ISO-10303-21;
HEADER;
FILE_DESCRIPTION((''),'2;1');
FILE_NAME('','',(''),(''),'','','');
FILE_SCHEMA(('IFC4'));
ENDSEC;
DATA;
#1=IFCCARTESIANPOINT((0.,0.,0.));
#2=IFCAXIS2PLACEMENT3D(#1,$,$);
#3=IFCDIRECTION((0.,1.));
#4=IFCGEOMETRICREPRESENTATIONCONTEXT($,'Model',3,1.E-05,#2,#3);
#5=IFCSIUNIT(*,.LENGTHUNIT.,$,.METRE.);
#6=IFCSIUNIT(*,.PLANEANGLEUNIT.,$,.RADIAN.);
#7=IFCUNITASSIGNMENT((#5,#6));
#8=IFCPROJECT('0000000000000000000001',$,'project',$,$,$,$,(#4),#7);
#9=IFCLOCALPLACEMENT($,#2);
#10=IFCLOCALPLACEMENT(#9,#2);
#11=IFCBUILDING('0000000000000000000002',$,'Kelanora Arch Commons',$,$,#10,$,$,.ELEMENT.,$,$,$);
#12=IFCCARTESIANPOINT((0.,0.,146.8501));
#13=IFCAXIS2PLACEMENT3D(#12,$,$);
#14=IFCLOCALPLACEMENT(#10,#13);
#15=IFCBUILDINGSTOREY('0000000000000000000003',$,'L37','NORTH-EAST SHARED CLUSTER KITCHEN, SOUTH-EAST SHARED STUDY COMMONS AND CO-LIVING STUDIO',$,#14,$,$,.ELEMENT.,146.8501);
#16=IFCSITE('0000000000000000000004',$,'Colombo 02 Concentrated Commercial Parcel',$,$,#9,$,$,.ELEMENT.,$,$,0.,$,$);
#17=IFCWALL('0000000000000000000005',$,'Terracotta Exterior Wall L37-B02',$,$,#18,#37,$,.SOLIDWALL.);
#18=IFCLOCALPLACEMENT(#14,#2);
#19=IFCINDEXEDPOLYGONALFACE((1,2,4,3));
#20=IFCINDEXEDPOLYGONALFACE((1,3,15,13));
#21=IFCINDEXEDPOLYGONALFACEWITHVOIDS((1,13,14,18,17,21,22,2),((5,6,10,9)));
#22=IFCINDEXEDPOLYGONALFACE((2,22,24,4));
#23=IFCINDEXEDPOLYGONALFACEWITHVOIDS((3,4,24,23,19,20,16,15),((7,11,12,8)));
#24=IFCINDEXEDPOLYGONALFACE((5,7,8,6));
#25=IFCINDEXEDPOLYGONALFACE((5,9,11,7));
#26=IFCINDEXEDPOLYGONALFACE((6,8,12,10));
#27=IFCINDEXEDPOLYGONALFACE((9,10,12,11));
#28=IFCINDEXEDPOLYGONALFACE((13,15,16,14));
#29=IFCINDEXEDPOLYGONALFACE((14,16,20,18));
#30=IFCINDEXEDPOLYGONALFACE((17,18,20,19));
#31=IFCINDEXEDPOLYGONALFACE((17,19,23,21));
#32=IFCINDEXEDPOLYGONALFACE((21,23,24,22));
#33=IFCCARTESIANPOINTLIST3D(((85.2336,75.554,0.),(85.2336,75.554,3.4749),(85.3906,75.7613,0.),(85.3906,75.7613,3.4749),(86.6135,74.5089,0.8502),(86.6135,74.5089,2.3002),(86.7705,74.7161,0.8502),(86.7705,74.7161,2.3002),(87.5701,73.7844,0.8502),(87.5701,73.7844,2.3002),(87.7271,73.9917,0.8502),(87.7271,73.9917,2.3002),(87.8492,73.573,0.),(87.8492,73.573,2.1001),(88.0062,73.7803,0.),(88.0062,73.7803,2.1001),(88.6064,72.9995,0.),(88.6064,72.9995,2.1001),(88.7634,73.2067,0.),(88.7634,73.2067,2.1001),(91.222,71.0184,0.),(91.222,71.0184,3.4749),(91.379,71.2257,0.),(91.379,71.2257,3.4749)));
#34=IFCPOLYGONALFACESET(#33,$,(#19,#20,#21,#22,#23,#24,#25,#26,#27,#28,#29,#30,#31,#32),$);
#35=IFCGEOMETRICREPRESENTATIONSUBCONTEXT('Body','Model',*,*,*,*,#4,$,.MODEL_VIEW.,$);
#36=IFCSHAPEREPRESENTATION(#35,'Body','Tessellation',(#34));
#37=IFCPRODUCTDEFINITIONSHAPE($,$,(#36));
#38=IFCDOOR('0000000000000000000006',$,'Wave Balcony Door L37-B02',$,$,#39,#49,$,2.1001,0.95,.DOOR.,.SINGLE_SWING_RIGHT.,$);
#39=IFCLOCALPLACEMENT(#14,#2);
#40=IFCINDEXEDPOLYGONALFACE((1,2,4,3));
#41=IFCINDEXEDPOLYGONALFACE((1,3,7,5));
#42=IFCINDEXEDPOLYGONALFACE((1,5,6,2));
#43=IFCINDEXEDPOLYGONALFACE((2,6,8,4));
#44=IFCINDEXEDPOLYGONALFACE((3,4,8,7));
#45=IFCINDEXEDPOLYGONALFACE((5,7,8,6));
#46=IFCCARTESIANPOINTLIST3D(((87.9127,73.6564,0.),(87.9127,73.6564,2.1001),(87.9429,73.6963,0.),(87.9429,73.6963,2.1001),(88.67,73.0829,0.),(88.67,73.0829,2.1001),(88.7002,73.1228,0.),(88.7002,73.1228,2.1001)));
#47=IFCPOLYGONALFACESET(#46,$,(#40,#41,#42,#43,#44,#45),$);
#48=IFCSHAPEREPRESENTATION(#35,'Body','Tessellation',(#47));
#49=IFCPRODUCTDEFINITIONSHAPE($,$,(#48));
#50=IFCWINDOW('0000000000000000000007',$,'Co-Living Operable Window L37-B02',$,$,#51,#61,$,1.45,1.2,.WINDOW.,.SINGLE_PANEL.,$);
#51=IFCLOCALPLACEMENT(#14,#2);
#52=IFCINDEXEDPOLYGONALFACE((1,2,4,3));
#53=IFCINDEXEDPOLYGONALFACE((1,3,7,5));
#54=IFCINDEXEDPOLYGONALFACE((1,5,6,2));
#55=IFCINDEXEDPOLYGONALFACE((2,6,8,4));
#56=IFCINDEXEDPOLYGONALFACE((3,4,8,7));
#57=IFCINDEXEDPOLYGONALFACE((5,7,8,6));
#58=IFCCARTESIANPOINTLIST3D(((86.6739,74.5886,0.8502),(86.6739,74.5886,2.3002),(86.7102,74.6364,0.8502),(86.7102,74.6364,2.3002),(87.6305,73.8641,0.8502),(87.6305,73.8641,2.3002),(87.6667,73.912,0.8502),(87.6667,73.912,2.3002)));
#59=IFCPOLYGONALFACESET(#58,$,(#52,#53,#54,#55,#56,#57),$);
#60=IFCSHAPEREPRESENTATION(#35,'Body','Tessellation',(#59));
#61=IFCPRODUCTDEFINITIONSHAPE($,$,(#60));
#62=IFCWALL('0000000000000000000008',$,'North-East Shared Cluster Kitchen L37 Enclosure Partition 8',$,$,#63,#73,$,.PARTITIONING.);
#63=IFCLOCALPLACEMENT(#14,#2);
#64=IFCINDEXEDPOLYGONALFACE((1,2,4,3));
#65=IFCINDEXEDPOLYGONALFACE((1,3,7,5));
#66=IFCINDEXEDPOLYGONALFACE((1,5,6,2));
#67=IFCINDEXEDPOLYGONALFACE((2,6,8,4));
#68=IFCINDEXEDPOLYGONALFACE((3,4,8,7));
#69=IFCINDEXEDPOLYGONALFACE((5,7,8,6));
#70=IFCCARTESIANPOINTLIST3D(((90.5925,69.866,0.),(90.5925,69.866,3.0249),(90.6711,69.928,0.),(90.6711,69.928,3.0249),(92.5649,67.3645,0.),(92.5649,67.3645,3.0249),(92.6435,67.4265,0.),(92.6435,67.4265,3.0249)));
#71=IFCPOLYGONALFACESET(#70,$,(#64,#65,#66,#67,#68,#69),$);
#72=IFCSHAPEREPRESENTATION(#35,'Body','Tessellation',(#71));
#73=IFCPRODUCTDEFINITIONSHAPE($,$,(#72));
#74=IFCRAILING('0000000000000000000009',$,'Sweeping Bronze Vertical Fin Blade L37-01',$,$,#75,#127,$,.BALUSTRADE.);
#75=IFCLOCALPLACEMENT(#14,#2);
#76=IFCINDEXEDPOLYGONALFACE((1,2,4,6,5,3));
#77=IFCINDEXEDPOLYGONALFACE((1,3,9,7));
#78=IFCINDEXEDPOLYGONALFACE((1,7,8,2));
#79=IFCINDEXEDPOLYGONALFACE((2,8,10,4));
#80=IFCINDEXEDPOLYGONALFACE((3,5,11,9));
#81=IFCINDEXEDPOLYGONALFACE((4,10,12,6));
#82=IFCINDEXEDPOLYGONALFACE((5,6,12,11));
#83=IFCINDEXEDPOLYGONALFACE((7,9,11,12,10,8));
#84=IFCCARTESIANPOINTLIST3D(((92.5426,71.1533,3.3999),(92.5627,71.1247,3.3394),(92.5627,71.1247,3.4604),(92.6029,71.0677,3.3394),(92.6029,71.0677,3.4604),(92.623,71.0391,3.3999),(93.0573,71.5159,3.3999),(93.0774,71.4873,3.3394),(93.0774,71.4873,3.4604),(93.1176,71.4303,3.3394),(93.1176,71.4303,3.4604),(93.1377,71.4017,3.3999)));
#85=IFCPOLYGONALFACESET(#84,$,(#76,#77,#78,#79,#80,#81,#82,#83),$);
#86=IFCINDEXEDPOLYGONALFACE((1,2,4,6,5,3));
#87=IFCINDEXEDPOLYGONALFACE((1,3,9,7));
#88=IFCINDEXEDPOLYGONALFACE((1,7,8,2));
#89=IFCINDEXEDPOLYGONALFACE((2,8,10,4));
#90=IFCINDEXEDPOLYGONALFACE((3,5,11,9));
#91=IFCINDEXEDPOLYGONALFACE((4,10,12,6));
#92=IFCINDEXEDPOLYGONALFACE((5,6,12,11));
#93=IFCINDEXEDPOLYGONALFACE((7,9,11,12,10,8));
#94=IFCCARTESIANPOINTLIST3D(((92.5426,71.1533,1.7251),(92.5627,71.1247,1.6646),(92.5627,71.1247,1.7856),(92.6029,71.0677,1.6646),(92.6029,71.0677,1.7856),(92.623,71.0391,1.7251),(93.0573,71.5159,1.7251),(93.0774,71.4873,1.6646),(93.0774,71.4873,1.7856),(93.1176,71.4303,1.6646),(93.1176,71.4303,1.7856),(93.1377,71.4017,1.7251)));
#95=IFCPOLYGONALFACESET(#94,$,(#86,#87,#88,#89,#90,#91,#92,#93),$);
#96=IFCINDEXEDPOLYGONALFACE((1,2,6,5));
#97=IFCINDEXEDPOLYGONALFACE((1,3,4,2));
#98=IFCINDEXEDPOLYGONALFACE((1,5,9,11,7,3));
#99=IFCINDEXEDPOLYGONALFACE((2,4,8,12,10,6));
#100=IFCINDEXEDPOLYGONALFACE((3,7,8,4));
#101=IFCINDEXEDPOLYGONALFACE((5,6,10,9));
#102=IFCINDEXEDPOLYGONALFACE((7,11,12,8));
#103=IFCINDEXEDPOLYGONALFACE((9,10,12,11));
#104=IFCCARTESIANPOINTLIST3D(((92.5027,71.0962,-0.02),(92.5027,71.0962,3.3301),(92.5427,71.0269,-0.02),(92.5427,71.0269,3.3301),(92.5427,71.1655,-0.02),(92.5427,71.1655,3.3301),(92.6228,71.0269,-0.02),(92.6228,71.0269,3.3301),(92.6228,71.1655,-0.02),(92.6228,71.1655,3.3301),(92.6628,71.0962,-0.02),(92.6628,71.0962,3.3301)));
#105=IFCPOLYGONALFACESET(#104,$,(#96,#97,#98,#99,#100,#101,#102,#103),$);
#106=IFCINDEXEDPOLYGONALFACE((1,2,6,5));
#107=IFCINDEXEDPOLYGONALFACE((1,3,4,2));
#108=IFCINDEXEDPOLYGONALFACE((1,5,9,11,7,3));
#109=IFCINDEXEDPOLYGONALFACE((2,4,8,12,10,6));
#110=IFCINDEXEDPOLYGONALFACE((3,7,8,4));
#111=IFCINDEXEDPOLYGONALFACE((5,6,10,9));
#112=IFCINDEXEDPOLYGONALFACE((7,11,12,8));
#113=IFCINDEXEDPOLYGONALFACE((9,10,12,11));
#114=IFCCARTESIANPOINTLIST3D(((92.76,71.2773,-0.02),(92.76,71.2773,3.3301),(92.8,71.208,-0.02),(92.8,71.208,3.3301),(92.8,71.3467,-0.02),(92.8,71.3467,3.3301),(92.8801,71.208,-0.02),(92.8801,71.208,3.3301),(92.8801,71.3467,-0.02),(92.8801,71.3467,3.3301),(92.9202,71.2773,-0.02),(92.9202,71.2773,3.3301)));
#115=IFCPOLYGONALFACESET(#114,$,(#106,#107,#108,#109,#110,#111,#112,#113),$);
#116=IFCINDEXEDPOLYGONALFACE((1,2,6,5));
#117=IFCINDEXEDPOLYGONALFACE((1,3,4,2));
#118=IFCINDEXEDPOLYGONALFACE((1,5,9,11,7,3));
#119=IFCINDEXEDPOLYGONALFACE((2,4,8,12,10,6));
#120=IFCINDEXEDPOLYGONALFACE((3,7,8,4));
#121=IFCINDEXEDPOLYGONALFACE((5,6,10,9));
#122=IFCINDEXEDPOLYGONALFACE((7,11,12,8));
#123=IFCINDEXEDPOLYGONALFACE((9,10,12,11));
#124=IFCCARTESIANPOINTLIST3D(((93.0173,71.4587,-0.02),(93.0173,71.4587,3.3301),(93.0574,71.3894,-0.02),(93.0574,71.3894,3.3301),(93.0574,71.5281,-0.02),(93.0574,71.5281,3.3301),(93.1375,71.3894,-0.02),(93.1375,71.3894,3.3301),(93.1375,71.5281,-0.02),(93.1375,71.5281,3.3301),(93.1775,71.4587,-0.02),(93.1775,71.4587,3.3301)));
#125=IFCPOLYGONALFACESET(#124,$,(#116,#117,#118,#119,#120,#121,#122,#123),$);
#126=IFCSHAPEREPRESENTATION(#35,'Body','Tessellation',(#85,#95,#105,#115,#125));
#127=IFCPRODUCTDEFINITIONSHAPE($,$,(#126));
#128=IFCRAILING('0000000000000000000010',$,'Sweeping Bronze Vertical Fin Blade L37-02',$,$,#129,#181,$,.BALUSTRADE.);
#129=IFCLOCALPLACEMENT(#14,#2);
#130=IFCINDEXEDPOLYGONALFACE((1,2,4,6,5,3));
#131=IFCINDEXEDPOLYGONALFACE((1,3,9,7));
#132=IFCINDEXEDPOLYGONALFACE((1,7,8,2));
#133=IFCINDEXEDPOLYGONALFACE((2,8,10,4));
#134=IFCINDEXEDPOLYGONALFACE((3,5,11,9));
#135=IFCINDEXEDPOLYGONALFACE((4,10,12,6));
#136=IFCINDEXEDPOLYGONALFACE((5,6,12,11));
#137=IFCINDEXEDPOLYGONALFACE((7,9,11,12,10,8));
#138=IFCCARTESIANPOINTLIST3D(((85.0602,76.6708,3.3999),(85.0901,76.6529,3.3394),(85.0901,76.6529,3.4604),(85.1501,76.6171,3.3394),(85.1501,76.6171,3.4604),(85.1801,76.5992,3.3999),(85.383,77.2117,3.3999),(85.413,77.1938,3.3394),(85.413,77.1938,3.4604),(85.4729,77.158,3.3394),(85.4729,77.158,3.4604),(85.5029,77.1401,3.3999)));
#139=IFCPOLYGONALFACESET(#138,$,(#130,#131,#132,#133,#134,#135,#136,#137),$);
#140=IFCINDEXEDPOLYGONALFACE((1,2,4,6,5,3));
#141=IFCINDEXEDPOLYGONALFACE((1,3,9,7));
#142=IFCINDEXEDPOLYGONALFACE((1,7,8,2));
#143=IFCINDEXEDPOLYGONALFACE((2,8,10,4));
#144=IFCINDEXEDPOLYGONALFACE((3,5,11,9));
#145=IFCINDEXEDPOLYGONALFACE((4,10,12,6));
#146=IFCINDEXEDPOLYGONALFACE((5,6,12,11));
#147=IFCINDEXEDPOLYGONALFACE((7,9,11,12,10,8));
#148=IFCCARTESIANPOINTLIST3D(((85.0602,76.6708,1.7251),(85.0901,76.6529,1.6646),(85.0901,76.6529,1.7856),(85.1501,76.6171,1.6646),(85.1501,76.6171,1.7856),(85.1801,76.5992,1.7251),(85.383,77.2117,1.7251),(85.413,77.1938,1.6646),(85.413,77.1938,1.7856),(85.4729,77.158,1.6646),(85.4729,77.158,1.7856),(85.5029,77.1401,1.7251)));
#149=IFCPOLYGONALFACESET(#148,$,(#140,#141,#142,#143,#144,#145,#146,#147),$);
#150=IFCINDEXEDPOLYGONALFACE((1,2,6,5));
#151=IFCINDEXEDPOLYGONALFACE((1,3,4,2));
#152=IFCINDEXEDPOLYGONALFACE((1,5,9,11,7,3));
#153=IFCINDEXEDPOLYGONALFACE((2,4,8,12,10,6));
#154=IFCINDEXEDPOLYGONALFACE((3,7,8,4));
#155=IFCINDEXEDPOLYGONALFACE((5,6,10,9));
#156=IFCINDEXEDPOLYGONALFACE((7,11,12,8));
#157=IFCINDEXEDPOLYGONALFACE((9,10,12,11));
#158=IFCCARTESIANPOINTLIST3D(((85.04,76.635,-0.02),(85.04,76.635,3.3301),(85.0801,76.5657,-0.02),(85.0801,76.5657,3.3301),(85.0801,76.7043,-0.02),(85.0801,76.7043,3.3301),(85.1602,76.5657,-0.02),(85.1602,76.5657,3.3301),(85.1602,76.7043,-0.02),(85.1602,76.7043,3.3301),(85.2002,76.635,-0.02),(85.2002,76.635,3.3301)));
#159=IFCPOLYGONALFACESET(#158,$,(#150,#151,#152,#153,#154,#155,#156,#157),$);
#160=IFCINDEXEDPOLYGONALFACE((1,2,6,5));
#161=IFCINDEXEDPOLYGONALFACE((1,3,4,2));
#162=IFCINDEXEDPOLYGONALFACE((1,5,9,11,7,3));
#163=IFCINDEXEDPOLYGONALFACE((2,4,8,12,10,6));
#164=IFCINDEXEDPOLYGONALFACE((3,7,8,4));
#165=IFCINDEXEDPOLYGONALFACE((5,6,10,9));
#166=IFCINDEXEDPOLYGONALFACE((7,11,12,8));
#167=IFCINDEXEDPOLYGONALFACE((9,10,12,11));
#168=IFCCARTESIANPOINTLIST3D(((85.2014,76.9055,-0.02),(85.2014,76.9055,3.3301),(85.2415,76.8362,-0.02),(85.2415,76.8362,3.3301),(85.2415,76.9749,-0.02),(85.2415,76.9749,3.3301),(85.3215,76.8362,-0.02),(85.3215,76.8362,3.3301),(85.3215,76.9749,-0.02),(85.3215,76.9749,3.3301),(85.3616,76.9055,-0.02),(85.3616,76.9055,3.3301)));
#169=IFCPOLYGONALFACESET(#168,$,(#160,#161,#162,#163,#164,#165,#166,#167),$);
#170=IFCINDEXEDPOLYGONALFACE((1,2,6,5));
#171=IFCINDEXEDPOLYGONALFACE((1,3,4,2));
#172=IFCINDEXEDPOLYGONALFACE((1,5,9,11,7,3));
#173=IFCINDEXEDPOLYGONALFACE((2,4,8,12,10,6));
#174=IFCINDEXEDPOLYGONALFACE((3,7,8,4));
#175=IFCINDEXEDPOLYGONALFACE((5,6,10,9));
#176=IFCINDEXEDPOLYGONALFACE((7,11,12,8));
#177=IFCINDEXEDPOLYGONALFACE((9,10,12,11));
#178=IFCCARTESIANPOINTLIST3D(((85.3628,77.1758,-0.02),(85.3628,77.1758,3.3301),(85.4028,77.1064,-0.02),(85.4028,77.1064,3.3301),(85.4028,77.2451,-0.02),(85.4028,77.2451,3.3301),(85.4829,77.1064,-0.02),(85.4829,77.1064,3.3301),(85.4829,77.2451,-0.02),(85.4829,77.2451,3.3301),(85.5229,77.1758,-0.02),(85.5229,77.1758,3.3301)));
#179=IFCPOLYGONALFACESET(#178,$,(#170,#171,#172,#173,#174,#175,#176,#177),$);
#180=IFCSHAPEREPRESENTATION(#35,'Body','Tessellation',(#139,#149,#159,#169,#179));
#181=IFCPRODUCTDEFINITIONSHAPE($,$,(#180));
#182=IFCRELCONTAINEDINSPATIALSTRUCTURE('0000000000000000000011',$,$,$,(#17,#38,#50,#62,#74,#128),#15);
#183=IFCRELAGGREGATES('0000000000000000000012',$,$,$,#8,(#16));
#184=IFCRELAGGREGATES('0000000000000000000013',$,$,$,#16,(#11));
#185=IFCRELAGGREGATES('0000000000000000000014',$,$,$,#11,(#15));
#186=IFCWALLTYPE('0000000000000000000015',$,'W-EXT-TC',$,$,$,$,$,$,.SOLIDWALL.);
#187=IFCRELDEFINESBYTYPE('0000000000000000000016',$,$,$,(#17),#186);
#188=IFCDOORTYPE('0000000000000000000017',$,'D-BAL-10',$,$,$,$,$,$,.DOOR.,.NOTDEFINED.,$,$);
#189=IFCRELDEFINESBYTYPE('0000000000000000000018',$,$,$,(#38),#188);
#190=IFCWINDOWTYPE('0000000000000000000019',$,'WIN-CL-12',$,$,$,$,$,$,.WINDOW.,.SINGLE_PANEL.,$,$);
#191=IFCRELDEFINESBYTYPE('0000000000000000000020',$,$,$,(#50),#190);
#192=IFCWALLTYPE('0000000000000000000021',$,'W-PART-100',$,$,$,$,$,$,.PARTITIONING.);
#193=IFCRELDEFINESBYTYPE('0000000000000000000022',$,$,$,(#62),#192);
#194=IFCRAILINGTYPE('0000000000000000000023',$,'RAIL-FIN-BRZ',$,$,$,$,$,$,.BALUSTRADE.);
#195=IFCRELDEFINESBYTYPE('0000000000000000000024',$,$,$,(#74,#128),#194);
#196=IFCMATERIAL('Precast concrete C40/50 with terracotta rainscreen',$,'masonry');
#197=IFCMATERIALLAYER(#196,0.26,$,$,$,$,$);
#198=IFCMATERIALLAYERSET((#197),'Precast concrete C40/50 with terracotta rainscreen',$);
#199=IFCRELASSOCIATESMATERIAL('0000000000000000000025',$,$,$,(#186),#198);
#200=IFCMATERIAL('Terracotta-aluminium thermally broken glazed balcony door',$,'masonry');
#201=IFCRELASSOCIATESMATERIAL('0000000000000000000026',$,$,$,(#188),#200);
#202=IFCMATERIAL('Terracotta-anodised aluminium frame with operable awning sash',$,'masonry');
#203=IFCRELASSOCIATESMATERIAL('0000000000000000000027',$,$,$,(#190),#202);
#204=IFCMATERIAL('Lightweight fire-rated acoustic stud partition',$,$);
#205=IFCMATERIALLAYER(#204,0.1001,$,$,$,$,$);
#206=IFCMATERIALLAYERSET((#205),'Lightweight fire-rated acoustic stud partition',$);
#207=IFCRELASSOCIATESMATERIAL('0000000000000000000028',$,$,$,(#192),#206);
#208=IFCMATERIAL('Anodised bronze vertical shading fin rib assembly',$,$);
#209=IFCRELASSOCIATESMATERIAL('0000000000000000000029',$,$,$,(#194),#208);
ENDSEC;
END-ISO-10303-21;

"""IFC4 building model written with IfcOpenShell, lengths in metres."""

from ifc_helpers import new_model, si_unit, direction, frame, frame_2d, origin, place, context, subcontext, project, spatial, polyline, rectangle, outline, extrude, material, layer, layer_set, type_object, element, fill, save


model = new_model("IFC4")

# Units and contexts
model_context = context("Model", 3, precision=1e-05, world=origin(), true_north=direction((0.0, 1.0)))
body_context = subcontext(model_context, "Body", "Model", "MODEL_VIEW")
ifc_project = project(units=[si_unit("LENGTHUNIT", "METRE"), si_unit("PLANEANGLEUNIT", "RADIAN")], contexts=[model_context])

# Site, building, storey
site_placement = place(None, origin())
site = spatial("IfcSite", under=ifc_project, at=site_placement, Name="Colombo 02 Concentrated Commercial Parcel", CompositionType="ELEMENT", RefElevation=0.0)
building_placement = place(site_placement, origin())
building = spatial("IfcBuilding", under=site, at=building_placement, Name="Kelanora Arch Commons", CompositionType="ELEMENT")
storey_placement = place(building_placement, frame((0.0, 0.0, 146.8501)))
storey = spatial("IfcBuildingStorey", under=building, at=storey_placement, Name="L37", Description="NORTH-EAST SHARED CLUSTER KITCHEN, SOUTH-EAST SHARED STUDY COMMONS AND CO-LIVING STUDIO", CompositionType="ELEMENT", Elevation=146.8501)

# Wall, openings, door, window
ifc_material_1 = material(Name="Precast concrete C40/50 with terracotta rainscreen", Category="masonry")
ifc_layer_1 = layer(ifc_material_1, 0.26)
ifc_layer_set_1 = layer_set([ifc_layer_1], Name="Precast concrete C40/50 with terracotta rainscreen")
wall_type_1 = type_object("IfcWallType", Name="W-EXT-TC", PredefinedType="SOLIDWALL", material=ifc_layer_set_1)
ifc_material_2 = material(Name="Terracotta-aluminium thermally broken glazed balcony door", Category="masonry")
door_type = type_object("IfcDoorType", Name="D-BAL-10", OperationType="NOTDEFINED", PredefinedType="DOOR", material=ifc_material_2)
ifc_material_3 = material(Name="Terracotta-anodised aluminium frame with operable awning sash", Category="masonry")
window_type = type_object("IfcWindowType", Name="WIN-CL-12", PartitioningType="SINGLE_PANEL", PredefinedType="WINDOW", material=ifc_material_3)
wall_1_placement = place(storey_placement, frame((91.3005, 71.1221, 0.0), z_axis=(0.0, 0.0, 1.0), x_axis=(-0.797164, 0.603763, 0.0)))
wall_1 = element("IfcWall", 1, at=wall_1_placement, inside=storey, type_object=wall_type_1, Name="Terracotta Exterior Wall L37-B02", PredefinedType="SOLIDWALL", context=body_context, shape_type="SweptSolid", body=[
    extrude(rectangle(XDim=7.5122, YDim=0.26, at=frame_2d((3.7561, 0.0))), origin(), (0.0, 0.0, 1.0), 3.4749),
])
opening_1_placement = place(wall_1_placement, frame((3.281, 0.0, 0.0)))
opening_1 = element("IfcOpeningElement", 2, at=opening_1_placement, cuts=wall_1, PredefinedType="OPENING", context=body_context, shape_type="SweptSolid", body=[
    extrude(rectangle(XDim=0.95, YDim=2.1001, at=frame_2d((0.4751, 1.05))), frame((0.0, 0.1401, 0.0), z_axis=(0.0, -1.0, 0.0), x_axis=(1.0, 0.0, 0.0)), (0.0, 0.0, 1.0), 0.28),
])
opening_2_placement = place(wall_1_placement, frame((4.5811, 0.0, 0.8501)))
opening_2 = element("IfcOpeningElement", 3, at=opening_2_placement, cuts=wall_1, PredefinedType="OPENING", context=body_context, shape_type="SweptSolid", body=[
    extrude(rectangle(XDim=1.2, YDim=1.45, at=frame_2d((0.6001, 0.7251))), frame((0.0, 0.1401, 0.0), z_axis=(0.0, -1.0, 0.0), x_axis=(1.0, 0.0, 0.0)), (0.0, 0.0, 1.0), 0.28),
])
door_1_placement = place(opening_1_placement, frame((0.95, 0.0, 0.0), z_axis=(0.0, 0.0, 1.0), x_axis=(-1.0, 0.0, 0.0)))
door_1 = element("IfcDoor", 4, at=door_1_placement, inside=storey, type_object=door_type, Name="Wave Balcony Door L37-B02", OperationType="SINGLE_SWING_RIGHT", OverallHeight=2.1001, OverallWidth=0.95, PredefinedType="DOOR", context=body_context, shape_type="SweptSolid", body=[
    extrude(rectangle(XDim=0.95, YDim=2.1001, at=frame_2d((0.4751, 1.05))), frame((0.0, 0.0249, 0.0), z_axis=(0.0, -1.0, 0.0), x_axis=(1.0, 0.0, 0.0)), (0.0, 0.0, 1.0), 0.05),
])
fill(opening_1, door_1)
window_1_placement = place(opening_2_placement, origin())
window_1 = element("IfcWindow", 5, at=window_1_placement, inside=storey, type_object=window_type, Name="Co-Living Operable Window L37-B02", OverallHeight=1.45, OverallWidth=1.2, PartitioningType="SINGLE_PANEL", PredefinedType="WINDOW", context=body_context, shape_type="SweptSolid", body=[
    extrude(rectangle(XDim=1.2, YDim=1.45, at=frame_2d((0.6001, 0.7251))), frame((0.0, 0.03, 0.0), z_axis=(0.0, -1.0, 0.0), x_axis=(1.0, 0.0, 0.0)), (0.0, 0.0, 1.0), 0.0601),
])
fill(opening_2, window_1)

# Wall
ifc_material_4 = material(Name="Lightweight fire-rated acoustic stud partition")
ifc_layer_2 = layer(ifc_material_4, 0.1001)
ifc_layer_set_2 = layer_set([ifc_layer_2], Name="Lightweight fire-rated acoustic stud partition")
wall_type_2 = type_object("IfcWallType", Name="W-PART-100", PredefinedType="PARTITIONING", material=ifc_layer_set_2)
wall_2_placement = place(storey_placement, frame((90.6318, 69.897, 0.0), z_axis=(0.0, 0.0, 1.0), x_axis=(0.619175, -0.785253, 0.0)))
element("IfcWall", 6, at=wall_2_placement, inside=storey, type_object=wall_type_2, Name="North-East Shared Cluster Kitchen L37 Enclosure Partition 8", PredefinedType="PARTITIONING", context=body_context, shape_type="SweptSolid", body=[
    extrude(rectangle(XDim=3.1855, YDim=0.1001, at=frame_2d((1.5928, 0.0))), origin(), (0.0, 0.0, 1.0), 3.0249),
])

# Railings
ifc_material_5 = material(Name="Anodised bronze vertical shading fin rib assembly")
railing_type = type_object("IfcRailingType", Name="RAIL-FIN-BRZ", PredefinedType="BALUSTRADE", material=ifc_material_5)
railing_1_placement = place(storey_placement, frame((92.5828, 71.0962, -0.02)))
element("IfcRailing", 7, at=railing_1_placement, inside=storey, type_object=railing_type, Name="Sweeping Bronze Vertical Fin Blade L37-01", PredefinedType="BALUSTRADE", context=body_context, shape_type="SweptSolid", body=[
    extrude(outline(polyline([(0.0698, 0.0), (0.0349, 0.0605), (-0.0349, 0.0605), (-0.0698, 0.0), (-0.0349, -0.0605), (0.0349, -0.0605), (0.0698, 0.0)])), frame((0.0, 0.0, 3.4199), z_axis=(0.817516, 0.575906, 0.0), x_axis=(-0.575906, 0.817516, 0.0)), (0.0, 0.0, 1.0), 0.6296),
    extrude(outline(polyline([(0.0698, 0.0), (0.0349, 0.0605), (-0.0349, 0.0605), (-0.0698, 0.0), (-0.0349, -0.0605), (0.0349, -0.0605), (0.0698, 0.0)])), frame((0.0, 0.0, 1.7451), z_axis=(0.817516, 0.575906, 0.0), x_axis=(-0.575906, 0.817516, 0.0)), (0.0, 0.0, 1.0), 0.6296),
    extrude(outline(polyline([(0.0801, 0.0), (0.04, 0.0693), (-0.04, 0.0693), (-0.0801, 0.0), (-0.04, -0.0693), (0.04, -0.0693), (0.0801, 0.0)])), origin(), (0.0, 0.0, 1.0), 3.3501),
    extrude(outline(polyline([(0.0801, 0.0), (0.04, 0.0693), (-0.04, 0.0693), (-0.0801, 0.0), (-0.04, -0.0693), (0.04, -0.0693), (0.0801, 0.0)])), frame((0.2573, 0.1812, 0.0)), (0.0, 0.0, 1.0), 3.3501),
    extrude(outline(polyline([(0.0801, 0.0), (0.04, 0.0693), (-0.04, 0.0693), (-0.0801, 0.0), (-0.04, -0.0693), (0.04, -0.0693), (0.0801, 0.0)])), frame((0.5146, 0.3625, 0.0)), (0.0, 0.0, 1.0), 3.3501),
])
railing_2_placement = place(storey_placement, frame((85.1201, 76.635, -0.02)))
element("IfcRailing", 8, at=railing_2_placement, inside=storey, type_object=railing_type, Name="Sweeping Bronze Vertical Fin Blade L37-02", PredefinedType="BALUSTRADE", context=body_context, shape_type="SweptSolid", body=[
    extrude(outline(polyline([(0.0698, 0.0), (0.0349, 0.0605), (-0.0349, 0.0605), (-0.0698, 0.0), (-0.0349, -0.0605), (0.0349, -0.0605), (0.0698, 0.0)])), frame((0.0, 0.0, 3.4199), z_axis=(0.512499, 0.858688, 0.0), x_axis=(-0.858688, 0.512499, 0.0)), (0.0, 0.0, 1.0), 0.6299),
    extrude(outline(polyline([(0.0698, 0.0), (0.0349, 0.0605), (-0.0349, 0.0605), (-0.0698, 0.0), (-0.0349, -0.0605), (0.0349, -0.0605), (0.0698, 0.0)])), frame((0.0, 0.0, 1.7451), z_axis=(0.512499, 0.858688, 0.0), x_axis=(-0.858688, 0.512499, 0.0)), (0.0, 0.0, 1.0), 0.6299),
    extrude(outline(polyline([(0.0801, 0.0), (0.04, 0.0693), (-0.04, 0.0693), (-0.0801, 0.0), (-0.04, -0.0693), (0.04, -0.0693), (0.0801, 0.0)])), origin(), (0.0, 0.0, 1.0), 3.3501),
    extrude(outline(polyline([(0.0801, 0.0), (0.04, 0.0693), (-0.04, 0.0693), (-0.0801, 0.0), (-0.04, -0.0693), (0.04, -0.0693), (0.0801, 0.0)])), frame((0.1614, 0.2705, 0.0)), (0.0, 0.0, 1.0), 3.3501),
    extrude(outline(polyline([(0.0801, 0.0), (0.04, 0.0693), (-0.04, 0.0693), (-0.0801, 0.0), (-0.04, -0.0693), (0.04, -0.0693), (0.0801, 0.0)])), frame((0.3228, 0.5408, 0.0)), (0.0, 0.0, 1.0), 3.3501),
])

save(model, "model.ifc")
